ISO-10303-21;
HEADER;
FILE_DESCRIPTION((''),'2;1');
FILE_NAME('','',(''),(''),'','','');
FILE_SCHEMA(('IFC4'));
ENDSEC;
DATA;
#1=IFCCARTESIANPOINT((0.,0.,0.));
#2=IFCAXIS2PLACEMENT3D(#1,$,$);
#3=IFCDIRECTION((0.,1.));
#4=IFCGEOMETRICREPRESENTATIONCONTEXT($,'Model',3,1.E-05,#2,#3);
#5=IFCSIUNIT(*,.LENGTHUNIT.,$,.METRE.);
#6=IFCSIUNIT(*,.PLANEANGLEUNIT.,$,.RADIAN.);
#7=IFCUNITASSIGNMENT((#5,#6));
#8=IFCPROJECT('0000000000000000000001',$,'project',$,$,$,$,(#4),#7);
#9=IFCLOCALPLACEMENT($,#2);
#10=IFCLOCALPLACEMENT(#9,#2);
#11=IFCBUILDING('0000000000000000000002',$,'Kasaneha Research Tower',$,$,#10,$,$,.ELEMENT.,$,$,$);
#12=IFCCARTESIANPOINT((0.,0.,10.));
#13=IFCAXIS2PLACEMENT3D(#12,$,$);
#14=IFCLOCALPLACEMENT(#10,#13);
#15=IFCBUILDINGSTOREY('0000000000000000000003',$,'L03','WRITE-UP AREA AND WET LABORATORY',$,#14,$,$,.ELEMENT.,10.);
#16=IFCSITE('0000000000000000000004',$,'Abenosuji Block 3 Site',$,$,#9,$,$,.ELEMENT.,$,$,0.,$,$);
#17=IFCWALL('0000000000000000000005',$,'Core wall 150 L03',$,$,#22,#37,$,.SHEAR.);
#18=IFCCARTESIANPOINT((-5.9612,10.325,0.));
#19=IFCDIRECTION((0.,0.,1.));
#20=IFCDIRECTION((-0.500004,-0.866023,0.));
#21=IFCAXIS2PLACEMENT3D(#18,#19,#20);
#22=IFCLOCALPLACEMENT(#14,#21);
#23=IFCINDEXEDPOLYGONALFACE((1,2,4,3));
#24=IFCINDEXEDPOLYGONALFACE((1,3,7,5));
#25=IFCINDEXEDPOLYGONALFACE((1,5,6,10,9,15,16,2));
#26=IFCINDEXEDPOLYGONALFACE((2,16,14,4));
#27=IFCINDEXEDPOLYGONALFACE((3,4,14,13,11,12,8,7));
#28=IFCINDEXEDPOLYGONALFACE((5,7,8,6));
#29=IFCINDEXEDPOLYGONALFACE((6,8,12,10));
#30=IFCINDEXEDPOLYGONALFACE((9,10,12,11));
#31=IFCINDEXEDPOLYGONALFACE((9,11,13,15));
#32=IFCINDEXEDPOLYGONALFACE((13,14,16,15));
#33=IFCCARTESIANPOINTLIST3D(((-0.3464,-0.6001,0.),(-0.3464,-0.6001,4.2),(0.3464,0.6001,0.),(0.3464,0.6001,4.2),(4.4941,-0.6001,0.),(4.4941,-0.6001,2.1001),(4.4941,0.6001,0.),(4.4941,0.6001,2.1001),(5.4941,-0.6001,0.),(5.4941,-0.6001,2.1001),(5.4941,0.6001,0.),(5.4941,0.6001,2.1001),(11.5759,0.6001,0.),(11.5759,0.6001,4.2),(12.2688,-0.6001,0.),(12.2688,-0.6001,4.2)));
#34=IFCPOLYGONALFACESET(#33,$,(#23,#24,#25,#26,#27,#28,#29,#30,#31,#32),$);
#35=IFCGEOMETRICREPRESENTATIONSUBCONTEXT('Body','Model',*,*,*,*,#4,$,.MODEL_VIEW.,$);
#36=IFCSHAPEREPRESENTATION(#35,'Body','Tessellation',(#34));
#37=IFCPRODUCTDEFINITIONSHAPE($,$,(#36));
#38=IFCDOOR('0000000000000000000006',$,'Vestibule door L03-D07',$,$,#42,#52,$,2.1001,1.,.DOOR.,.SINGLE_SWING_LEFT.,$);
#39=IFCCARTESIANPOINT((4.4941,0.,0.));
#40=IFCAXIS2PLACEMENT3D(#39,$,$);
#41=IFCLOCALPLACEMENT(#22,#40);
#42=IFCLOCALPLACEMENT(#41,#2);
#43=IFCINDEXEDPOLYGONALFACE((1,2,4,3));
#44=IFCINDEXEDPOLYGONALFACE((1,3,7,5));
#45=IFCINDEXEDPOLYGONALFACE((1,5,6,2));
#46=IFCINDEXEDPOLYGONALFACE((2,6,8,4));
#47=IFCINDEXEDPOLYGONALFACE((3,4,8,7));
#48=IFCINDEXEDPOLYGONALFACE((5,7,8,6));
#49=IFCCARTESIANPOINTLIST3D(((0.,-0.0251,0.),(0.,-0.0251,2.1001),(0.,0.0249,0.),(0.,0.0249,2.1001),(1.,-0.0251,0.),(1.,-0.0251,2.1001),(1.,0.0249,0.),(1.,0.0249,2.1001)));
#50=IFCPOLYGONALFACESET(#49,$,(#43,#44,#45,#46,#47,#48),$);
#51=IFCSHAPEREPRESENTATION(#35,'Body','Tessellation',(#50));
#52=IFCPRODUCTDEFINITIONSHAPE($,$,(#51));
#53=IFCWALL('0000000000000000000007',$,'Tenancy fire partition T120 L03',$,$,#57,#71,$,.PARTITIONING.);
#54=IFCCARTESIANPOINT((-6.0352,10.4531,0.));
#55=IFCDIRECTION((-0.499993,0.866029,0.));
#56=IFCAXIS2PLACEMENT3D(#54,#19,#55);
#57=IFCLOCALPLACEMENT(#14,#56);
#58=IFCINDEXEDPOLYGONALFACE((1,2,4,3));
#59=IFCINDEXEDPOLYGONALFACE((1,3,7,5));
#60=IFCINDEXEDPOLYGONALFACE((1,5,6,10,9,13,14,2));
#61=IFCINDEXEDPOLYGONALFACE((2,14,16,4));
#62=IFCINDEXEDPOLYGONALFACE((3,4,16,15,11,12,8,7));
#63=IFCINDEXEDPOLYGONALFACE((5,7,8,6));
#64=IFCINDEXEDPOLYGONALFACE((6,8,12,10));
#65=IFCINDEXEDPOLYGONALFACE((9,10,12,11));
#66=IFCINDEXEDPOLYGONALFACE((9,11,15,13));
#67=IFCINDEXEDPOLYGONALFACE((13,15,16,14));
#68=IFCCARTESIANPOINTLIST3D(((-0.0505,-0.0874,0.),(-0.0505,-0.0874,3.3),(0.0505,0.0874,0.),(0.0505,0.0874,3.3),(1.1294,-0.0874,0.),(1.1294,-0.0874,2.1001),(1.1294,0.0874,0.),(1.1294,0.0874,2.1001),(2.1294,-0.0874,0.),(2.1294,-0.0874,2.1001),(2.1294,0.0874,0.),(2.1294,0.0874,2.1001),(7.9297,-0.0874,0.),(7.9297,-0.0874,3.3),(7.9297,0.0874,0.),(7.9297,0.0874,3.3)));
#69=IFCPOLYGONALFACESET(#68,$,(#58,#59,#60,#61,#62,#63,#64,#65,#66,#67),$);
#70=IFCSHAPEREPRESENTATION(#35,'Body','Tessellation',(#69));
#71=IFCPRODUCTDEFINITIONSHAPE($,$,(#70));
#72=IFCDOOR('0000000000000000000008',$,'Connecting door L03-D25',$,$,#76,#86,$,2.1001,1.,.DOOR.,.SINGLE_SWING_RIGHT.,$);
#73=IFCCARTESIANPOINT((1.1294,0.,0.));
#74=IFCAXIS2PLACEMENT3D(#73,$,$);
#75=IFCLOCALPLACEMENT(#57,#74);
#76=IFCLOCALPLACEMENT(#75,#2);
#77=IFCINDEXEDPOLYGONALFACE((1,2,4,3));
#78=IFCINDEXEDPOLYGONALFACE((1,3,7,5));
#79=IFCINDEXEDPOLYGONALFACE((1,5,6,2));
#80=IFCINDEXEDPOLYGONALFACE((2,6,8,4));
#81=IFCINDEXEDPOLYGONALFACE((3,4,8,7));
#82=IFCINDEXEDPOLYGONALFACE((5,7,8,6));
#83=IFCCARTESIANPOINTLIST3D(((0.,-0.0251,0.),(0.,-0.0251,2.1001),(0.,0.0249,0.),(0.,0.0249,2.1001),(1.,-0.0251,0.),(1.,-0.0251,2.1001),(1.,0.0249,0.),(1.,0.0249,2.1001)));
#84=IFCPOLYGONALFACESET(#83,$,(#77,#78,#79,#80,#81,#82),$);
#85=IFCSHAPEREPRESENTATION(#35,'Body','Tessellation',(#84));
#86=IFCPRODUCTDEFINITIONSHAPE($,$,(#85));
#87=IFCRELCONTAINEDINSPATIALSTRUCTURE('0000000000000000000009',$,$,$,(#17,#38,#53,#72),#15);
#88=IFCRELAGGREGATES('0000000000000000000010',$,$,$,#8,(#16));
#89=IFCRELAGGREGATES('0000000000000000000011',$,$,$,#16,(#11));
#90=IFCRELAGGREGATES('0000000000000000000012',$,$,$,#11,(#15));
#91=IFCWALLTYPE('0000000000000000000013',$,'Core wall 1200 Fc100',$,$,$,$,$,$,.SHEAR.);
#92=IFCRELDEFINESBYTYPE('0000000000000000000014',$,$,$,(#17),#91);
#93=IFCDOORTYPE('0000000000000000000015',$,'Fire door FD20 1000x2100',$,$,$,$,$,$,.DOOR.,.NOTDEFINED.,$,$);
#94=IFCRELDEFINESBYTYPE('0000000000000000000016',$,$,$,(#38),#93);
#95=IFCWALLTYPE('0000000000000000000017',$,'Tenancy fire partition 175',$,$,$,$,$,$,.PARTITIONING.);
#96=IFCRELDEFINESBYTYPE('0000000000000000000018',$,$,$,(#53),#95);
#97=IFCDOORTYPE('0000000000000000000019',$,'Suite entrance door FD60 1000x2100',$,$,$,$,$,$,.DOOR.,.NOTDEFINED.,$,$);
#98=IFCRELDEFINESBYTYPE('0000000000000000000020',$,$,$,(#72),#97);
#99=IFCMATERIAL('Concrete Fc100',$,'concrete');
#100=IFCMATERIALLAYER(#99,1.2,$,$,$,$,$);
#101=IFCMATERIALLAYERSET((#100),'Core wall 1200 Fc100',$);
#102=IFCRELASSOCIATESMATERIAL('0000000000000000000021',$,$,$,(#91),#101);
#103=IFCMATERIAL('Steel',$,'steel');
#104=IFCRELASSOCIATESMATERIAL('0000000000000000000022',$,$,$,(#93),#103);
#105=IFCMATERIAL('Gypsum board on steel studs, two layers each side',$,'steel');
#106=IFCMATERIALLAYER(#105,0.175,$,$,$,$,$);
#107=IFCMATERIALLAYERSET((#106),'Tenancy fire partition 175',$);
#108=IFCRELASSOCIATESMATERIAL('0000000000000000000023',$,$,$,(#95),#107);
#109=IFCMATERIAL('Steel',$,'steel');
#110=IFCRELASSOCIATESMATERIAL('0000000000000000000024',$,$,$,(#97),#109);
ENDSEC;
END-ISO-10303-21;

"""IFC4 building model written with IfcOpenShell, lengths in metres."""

from ifc_helpers import new_model, si_unit, direction, frame, frame_2d, origin, place, context, subcontext, project, spatial, polyline, rectangle, outline, extrude, material, layer, layer_set, type_object, element, fill, save


model = new_model("IFC4")

# Units and contexts
model_context = context("Model", 3, precision=1e-05, world=origin(), true_north=direction((0.0, 1.0)))
body_context = subcontext(model_context, "Body", "Model", "MODEL_VIEW")
ifc_project = project(units=[si_unit("LENGTHUNIT", "METRE"), si_unit("PLANEANGLEUNIT", "RADIAN")], contexts=[model_context])

# Site, building, storey
site_placement = place(None, origin())
site = spatial("IfcSite", under=ifc_project, at=site_placement, Name="Abenosuji Block 3 Site", CompositionType="ELEMENT", RefElevation=0.0)
building_placement = place(site_placement, origin())
building = spatial("IfcBuilding", under=site, at=building_placement, Name="Kasaneha Research Tower", CompositionType="ELEMENT")
storey_placement = place(building_placement, frame((0.0, 0.0, 10.0)))
storey = spatial("IfcBuildingStorey", under=building, at=storey_placement, Name="L03", Description="WRITE-UP AREA AND WET LABORATORY", CompositionType="ELEMENT", Elevation=10.0)

# Wall, opening, door
ifc_material_1 = material(Name="Concrete Fc100", Category="concrete")
ifc_layer_1 = layer(ifc_material_1, 1.2)
ifc_layer_set_1 = layer_set([ifc_layer_1], Name="Core wall 1200 Fc100")
wall_type_1 = type_object("IfcWallType", Name="Core wall 1200 Fc100", PredefinedType="SHEAR", material=ifc_layer_set_1)
wall_1_placement = place(storey_placement, frame((-5.9612, 10.325, 0.0), z_axis=(0.0, 0.0, 1.0), x_axis=(-0.500004, -0.866023, 0.0)))
wall_1 = element("IfcWall", 1, at=wall_1_placement, inside=storey, type_object=wall_type_1, Name="Core wall 150 L03", PredefinedType="SHEAR", context=body_context, shape_type="SweptSolid", body=[
    extrude(outline(polyline([(-0.3464, -0.6001), (4.4941, -0.6001), (5.4941, -0.6001), (12.2688, -0.6001), (11.5759, 0.6001), (5.4941, 0.6001), (4.4941, 0.6001), (0.3464, 0.6001), (-0.3464, -0.6001)])), origin(), (0.0, 0.0, 1.0), 4.2),
])
opening_1_placement = place(wall_1_placement, frame((4.4941, 0.0, 0.0)))
opening_1 = element("IfcOpeningElement", 2, at=opening_1_placement, cuts=wall_1, PredefinedType="OPENING", context=body_context, shape_type="SweptSolid", body=[
    extrude(rectangle(XDim=1.0, YDim=2.1001, at=frame_2d((0.5, 1.05))), frame((0.0, 0.6099, 0.0), z_axis=(0.0, -1.0, 0.0), x_axis=(1.0, 0.0, 0.0)), (0.0, 0.0, 1.0), 1.22),
])
ifc_material_2 = material(Name="Steel", Category="steel")
door_type_1 = type_object("IfcDoorType", Name="Fire door FD20 1000x2100", OperationType="NOTDEFINED", PredefinedType="DOOR", material=ifc_material_2)
door_1_placement = place(opening_1_placement, origin())
door_1 = element("IfcDoor", 3, at=door_1_placement, inside=storey, type_object=door_type_1, Name="Vestibule door L03-D07", OperationType="SINGLE_SWING_LEFT", OverallHeight=2.1001, OverallWidth=1.0, PredefinedType="DOOR", context=body_context, shape_type="SweptSolid", body=[
    extrude(rectangle(XDim=1.0, YDim=2.1001, at=frame_2d((0.5, 1.05))), frame((0.0, 0.0249, 0.0), z_axis=(0.0, -1.0, 0.0), x_axis=(1.0, 0.0, 0.0)), (0.0, 0.0, 1.0), 0.05),
])
fill(opening_1, door_1)

# Wall, opening, door
ifc_material_3 = material(Name="Gypsum board on steel studs, two layers each side", Category="steel")
ifc_layer_2 = layer(ifc_material_3, 0.175)
ifc_layer_set_2 = layer_set([ifc_layer_2], Name="Tenancy fire partition 175")
wall_type_2 = type_object("IfcWallType", Name="Tenancy fire partition 175", PredefinedType="PARTITIONING", material=ifc_layer_set_2)
wall_2_placement = place(storey_placement, frame((-6.0352, 10.4531, 0.0), z_axis=(0.0, 0.0, 1.0), x_axis=(-0.499993, 0.866029, 0.0)))
wall_2 = element("IfcWall", 4, at=wall_2_placement, inside=storey, type_object=wall_type_2, Name="Tenancy fire partition T120 L03", PredefinedType="PARTITIONING", context=body_context, shape_type="SweptSolid", body=[
    extrude(outline(polyline([(-0.0505, -0.0874), (1.1294, -0.0874), (2.1294, -0.0874), (7.9297, -0.0874), (7.9297, 0.0874), (2.1294, 0.0874), (1.1294, 0.0874), (0.0505, 0.0874), (-0.0505, -0.0874)])), origin(), (0.0, 0.0, 1.0), 3.3),
])
opening_2_placement = place(wall_2_placement, frame((1.1294, 0.0, 0.0)))
opening_2 = element("IfcOpeningElement", 5, at=opening_2_placement, cuts=wall_2, PredefinedType="OPENING", context=body_context, shape_type="SweptSolid", body=[
    extrude(rectangle(XDim=1.0, YDim=2.1001, at=frame_2d((0.5, 1.05))), frame((0.0, 0.0977, 0.0), z_axis=(0.0, -1.0, 0.0), x_axis=(1.0, 0.0, 0.0)), (0.0, 0.0, 1.0), 0.1951),
])
ifc_material_4 = material(Name="Steel", Category="steel")
door_type_2 = type_object("IfcDoorType", Name="Suite entrance door FD60 1000x2100", OperationType="NOTDEFINED", PredefinedType="DOOR", material=ifc_material_4)
door_2_placement = place(opening_2_placement, origin())
door_2 = element("IfcDoor", 6, at=door_2_placement, inside=storey, type_object=door_type_2, Name="Connecting door L03-D25", OperationType="SINGLE_SWING_RIGHT", OverallHeight=2.1001, OverallWidth=1.0, PredefinedType="DOOR", context=body_context, shape_type="SweptSolid", body=[
    extrude(rectangle(XDim=1.0, YDim=2.1001, at=frame_2d((0.5, 1.05))), frame((0.0, 0.0249, 0.0), z_axis=(0.0, -1.0, 0.0), x_axis=(1.0, 0.0, 0.0)), (0.0, 0.0, 1.0), 0.05),
])
fill(opening_2, door_2)

save(model, "model.ifc")
